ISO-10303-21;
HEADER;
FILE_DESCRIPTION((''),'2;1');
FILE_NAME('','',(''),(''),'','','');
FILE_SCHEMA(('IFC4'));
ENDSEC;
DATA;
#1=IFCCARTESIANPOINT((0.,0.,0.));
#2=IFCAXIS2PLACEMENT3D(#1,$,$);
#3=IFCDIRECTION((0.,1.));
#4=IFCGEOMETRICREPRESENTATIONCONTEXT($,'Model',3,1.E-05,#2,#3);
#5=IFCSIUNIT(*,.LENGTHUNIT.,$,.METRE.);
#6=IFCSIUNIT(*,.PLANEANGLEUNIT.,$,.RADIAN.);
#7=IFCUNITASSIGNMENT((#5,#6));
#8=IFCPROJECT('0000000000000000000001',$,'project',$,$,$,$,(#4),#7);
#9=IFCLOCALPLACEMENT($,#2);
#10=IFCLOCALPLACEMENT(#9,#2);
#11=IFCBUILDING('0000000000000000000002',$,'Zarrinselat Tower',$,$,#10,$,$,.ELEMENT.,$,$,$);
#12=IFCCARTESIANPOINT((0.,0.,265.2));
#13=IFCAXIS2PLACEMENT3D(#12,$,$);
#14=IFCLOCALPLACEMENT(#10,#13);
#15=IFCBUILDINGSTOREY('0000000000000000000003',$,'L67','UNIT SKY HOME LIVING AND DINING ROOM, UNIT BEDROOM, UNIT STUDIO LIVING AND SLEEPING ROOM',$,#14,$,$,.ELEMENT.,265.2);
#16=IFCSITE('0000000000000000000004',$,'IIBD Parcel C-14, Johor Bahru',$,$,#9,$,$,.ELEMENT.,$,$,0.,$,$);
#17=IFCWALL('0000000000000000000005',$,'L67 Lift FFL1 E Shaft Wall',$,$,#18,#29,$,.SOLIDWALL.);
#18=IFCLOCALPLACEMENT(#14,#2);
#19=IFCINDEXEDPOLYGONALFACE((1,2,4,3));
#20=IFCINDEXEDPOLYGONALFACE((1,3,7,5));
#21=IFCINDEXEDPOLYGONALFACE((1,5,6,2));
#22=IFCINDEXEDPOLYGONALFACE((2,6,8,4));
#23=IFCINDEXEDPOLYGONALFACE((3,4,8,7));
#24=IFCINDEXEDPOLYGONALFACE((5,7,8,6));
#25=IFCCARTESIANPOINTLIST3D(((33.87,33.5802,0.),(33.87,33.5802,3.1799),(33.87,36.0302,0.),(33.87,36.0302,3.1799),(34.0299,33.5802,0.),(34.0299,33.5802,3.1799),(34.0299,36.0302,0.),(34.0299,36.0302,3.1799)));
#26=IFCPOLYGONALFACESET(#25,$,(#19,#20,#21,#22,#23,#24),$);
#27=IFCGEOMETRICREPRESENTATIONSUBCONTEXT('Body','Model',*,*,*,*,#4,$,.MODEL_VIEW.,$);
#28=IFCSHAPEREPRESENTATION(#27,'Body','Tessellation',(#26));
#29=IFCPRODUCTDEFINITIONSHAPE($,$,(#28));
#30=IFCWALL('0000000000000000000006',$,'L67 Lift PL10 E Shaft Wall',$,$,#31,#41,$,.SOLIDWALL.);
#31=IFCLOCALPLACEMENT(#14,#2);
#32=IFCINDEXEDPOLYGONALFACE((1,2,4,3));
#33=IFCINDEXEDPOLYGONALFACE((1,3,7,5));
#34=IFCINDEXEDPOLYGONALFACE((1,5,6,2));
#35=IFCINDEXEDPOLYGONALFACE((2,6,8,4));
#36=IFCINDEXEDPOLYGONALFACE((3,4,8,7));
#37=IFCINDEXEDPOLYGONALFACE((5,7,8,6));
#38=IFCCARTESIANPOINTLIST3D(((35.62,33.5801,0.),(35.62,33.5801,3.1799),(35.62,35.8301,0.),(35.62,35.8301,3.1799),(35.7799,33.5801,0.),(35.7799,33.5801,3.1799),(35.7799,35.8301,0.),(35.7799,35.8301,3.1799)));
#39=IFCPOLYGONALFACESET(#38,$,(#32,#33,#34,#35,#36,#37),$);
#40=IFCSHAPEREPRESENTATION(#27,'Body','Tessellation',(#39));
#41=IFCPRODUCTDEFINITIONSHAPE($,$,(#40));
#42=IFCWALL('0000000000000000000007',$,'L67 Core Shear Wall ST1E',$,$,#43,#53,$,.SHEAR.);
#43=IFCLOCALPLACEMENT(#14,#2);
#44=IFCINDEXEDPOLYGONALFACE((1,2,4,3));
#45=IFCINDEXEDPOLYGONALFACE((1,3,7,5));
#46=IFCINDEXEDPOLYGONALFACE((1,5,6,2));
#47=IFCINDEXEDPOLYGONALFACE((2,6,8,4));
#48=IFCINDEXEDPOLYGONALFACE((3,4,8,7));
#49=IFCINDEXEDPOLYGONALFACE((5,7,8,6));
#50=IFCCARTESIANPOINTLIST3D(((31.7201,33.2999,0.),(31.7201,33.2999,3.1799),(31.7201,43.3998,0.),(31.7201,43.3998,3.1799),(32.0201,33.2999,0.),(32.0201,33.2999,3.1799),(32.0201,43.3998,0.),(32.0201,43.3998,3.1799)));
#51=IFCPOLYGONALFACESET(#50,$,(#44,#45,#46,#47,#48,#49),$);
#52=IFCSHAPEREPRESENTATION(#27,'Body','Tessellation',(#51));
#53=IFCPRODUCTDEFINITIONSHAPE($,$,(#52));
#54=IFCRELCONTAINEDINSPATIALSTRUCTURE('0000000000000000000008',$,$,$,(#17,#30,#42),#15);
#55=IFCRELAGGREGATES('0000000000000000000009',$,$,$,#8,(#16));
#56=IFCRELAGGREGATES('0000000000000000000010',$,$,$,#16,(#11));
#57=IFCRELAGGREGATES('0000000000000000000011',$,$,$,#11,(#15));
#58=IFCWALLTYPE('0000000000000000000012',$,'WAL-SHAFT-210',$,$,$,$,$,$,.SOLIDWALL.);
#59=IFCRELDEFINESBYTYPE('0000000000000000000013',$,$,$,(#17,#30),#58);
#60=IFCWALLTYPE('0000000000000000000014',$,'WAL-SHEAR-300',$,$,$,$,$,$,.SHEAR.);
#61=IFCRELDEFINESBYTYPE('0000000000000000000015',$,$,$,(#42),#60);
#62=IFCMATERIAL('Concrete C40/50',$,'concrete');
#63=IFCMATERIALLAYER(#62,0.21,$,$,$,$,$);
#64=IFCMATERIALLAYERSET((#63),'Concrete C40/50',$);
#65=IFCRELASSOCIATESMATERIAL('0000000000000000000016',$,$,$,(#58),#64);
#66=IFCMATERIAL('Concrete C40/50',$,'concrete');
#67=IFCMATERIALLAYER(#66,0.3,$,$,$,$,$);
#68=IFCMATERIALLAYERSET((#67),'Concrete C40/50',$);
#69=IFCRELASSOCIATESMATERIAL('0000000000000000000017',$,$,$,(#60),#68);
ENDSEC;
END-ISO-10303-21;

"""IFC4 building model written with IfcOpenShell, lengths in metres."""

from ifc_helpers import new_model, si_unit, direction, frame, frame_2d, origin, place, context, subcontext, project, spatial, rectangle, extrude, material, layer, layer_set, type_object, element, save


model = new_model("IFC4")

# Units and contexts
model_context = context("Model", 3, precision=1e-05, world=origin(), true_north=direction((0.0, 1.0)))
body_context = subcontext(model_context, "Body", "Model", "MODEL_VIEW")
ifc_project = project(units=[si_unit("LENGTHUNIT", "METRE"), si_unit("PLANEANGLEUNIT", "RADIAN")], contexts=[model_context])

# Site, building, storey
site_placement = place(None, origin())
site = spatial("IfcSite", under=ifc_project, at=site_placement, Name="IIBD Parcel C-14, Johor Bahru", CompositionType="ELEMENT", RefElevation=0.0)
building_placement = place(site_placement, origin())
building = spatial("IfcBuilding", under=site, at=building_placement, Name="Zarrinselat Tower", CompositionType="ELEMENT")
storey_placement = place(building_placement, frame((0.0, 0.0, 265.2)))
storey = spatial("IfcBuildingStorey", under=building, at=storey_placement, Name="L67", Description="UNIT SKY HOME LIVING AND DINING ROOM, UNIT BEDROOM, UNIT STUDIO LIVING AND SLEEPING ROOM", CompositionType="ELEMENT", Elevation=265.2)

# Walls
ifc_material_1 = material(Name="Concrete C40/50", Category="concrete")
ifc_layer_1 = layer(ifc_material_1, 0.21)
ifc_layer_set_1 = layer_set([ifc_layer_1], Name="Concrete C40/50")
wall_type_1 = type_object("IfcWallType", Name="WAL-SHAFT-210", PredefinedType="SOLIDWALL", material=ifc_layer_set_1)
wall_1_placement = place(storey_placement, frame((33.95, 33.5801, 0.0), z_axis=(0.0, 0.0, 1.0), x_axis=(0.0, 1.0, 0.0)))
element("IfcWall", 1, at=wall_1_placement, inside=storey, type_object=wall_type_1, Name="L67 Lift FFL1 E Shaft Wall", PredefinedType="SOLIDWALL", context=body_context, shape_type="SweptSolid", body=[
    extrude(rectangle(XDim=2.45, YDim=0.1599, at=frame_2d((1.2251, 0.0))), origin(), (0.0, 0.0, 1.0), 3.1799),
])
wall_2_placement = place(storey_placement, frame((35.7, 33.5801, 0.0), z_axis=(0.0, 0.0, 1.0), x_axis=(0.0, 1.0, 0.0)))
element("IfcWall", 2, at=wall_2_placement, inside=storey, type_object=wall_type_1, Name="L67 Lift PL10 E Shaft Wall", PredefinedType="SOLIDWALL", context=body_context, shape_type="SweptSolid", body=[
    extrude(rectangle(XDim=2.25, YDim=0.1599, at=frame_2d((1.125, 0.0))), origin(), (0.0, 0.0, 1.0), 3.1799),
])
ifc_material_2 = material(Name="Concrete C40/50", Category="concrete")
ifc_layer_2 = layer(ifc_material_2, 0.3)
ifc_layer_set_2 = layer_set([ifc_layer_2], Name="Concrete C40/50")
wall_type_2 = type_object("IfcWallType", Name="WAL-SHEAR-300", PredefinedType="SHEAR", material=ifc_layer_set_2)
wall_3_placement = place(storey_placement, frame((31.8701, 33.3, 0.0), z_axis=(0.0, 0.0, 1.0), x_axis=(0.0, 1.0, 0.0)))
element("IfcWall", 3, at=wall_3_placement, inside=storey, type_object=wall_type_2, Name="L67 Core Shear Wall ST1E", PredefinedType="SHEAR", context=body_context, shape_type="SweptSolid", body=[
    extrude(rectangle(XDim=10.0999, YDim=0.3, at=frame_2d((5.0498, 0.0))), origin(), (0.0, 0.0, 1.0), 3.1799),
])

save(model, "model.ifc")
